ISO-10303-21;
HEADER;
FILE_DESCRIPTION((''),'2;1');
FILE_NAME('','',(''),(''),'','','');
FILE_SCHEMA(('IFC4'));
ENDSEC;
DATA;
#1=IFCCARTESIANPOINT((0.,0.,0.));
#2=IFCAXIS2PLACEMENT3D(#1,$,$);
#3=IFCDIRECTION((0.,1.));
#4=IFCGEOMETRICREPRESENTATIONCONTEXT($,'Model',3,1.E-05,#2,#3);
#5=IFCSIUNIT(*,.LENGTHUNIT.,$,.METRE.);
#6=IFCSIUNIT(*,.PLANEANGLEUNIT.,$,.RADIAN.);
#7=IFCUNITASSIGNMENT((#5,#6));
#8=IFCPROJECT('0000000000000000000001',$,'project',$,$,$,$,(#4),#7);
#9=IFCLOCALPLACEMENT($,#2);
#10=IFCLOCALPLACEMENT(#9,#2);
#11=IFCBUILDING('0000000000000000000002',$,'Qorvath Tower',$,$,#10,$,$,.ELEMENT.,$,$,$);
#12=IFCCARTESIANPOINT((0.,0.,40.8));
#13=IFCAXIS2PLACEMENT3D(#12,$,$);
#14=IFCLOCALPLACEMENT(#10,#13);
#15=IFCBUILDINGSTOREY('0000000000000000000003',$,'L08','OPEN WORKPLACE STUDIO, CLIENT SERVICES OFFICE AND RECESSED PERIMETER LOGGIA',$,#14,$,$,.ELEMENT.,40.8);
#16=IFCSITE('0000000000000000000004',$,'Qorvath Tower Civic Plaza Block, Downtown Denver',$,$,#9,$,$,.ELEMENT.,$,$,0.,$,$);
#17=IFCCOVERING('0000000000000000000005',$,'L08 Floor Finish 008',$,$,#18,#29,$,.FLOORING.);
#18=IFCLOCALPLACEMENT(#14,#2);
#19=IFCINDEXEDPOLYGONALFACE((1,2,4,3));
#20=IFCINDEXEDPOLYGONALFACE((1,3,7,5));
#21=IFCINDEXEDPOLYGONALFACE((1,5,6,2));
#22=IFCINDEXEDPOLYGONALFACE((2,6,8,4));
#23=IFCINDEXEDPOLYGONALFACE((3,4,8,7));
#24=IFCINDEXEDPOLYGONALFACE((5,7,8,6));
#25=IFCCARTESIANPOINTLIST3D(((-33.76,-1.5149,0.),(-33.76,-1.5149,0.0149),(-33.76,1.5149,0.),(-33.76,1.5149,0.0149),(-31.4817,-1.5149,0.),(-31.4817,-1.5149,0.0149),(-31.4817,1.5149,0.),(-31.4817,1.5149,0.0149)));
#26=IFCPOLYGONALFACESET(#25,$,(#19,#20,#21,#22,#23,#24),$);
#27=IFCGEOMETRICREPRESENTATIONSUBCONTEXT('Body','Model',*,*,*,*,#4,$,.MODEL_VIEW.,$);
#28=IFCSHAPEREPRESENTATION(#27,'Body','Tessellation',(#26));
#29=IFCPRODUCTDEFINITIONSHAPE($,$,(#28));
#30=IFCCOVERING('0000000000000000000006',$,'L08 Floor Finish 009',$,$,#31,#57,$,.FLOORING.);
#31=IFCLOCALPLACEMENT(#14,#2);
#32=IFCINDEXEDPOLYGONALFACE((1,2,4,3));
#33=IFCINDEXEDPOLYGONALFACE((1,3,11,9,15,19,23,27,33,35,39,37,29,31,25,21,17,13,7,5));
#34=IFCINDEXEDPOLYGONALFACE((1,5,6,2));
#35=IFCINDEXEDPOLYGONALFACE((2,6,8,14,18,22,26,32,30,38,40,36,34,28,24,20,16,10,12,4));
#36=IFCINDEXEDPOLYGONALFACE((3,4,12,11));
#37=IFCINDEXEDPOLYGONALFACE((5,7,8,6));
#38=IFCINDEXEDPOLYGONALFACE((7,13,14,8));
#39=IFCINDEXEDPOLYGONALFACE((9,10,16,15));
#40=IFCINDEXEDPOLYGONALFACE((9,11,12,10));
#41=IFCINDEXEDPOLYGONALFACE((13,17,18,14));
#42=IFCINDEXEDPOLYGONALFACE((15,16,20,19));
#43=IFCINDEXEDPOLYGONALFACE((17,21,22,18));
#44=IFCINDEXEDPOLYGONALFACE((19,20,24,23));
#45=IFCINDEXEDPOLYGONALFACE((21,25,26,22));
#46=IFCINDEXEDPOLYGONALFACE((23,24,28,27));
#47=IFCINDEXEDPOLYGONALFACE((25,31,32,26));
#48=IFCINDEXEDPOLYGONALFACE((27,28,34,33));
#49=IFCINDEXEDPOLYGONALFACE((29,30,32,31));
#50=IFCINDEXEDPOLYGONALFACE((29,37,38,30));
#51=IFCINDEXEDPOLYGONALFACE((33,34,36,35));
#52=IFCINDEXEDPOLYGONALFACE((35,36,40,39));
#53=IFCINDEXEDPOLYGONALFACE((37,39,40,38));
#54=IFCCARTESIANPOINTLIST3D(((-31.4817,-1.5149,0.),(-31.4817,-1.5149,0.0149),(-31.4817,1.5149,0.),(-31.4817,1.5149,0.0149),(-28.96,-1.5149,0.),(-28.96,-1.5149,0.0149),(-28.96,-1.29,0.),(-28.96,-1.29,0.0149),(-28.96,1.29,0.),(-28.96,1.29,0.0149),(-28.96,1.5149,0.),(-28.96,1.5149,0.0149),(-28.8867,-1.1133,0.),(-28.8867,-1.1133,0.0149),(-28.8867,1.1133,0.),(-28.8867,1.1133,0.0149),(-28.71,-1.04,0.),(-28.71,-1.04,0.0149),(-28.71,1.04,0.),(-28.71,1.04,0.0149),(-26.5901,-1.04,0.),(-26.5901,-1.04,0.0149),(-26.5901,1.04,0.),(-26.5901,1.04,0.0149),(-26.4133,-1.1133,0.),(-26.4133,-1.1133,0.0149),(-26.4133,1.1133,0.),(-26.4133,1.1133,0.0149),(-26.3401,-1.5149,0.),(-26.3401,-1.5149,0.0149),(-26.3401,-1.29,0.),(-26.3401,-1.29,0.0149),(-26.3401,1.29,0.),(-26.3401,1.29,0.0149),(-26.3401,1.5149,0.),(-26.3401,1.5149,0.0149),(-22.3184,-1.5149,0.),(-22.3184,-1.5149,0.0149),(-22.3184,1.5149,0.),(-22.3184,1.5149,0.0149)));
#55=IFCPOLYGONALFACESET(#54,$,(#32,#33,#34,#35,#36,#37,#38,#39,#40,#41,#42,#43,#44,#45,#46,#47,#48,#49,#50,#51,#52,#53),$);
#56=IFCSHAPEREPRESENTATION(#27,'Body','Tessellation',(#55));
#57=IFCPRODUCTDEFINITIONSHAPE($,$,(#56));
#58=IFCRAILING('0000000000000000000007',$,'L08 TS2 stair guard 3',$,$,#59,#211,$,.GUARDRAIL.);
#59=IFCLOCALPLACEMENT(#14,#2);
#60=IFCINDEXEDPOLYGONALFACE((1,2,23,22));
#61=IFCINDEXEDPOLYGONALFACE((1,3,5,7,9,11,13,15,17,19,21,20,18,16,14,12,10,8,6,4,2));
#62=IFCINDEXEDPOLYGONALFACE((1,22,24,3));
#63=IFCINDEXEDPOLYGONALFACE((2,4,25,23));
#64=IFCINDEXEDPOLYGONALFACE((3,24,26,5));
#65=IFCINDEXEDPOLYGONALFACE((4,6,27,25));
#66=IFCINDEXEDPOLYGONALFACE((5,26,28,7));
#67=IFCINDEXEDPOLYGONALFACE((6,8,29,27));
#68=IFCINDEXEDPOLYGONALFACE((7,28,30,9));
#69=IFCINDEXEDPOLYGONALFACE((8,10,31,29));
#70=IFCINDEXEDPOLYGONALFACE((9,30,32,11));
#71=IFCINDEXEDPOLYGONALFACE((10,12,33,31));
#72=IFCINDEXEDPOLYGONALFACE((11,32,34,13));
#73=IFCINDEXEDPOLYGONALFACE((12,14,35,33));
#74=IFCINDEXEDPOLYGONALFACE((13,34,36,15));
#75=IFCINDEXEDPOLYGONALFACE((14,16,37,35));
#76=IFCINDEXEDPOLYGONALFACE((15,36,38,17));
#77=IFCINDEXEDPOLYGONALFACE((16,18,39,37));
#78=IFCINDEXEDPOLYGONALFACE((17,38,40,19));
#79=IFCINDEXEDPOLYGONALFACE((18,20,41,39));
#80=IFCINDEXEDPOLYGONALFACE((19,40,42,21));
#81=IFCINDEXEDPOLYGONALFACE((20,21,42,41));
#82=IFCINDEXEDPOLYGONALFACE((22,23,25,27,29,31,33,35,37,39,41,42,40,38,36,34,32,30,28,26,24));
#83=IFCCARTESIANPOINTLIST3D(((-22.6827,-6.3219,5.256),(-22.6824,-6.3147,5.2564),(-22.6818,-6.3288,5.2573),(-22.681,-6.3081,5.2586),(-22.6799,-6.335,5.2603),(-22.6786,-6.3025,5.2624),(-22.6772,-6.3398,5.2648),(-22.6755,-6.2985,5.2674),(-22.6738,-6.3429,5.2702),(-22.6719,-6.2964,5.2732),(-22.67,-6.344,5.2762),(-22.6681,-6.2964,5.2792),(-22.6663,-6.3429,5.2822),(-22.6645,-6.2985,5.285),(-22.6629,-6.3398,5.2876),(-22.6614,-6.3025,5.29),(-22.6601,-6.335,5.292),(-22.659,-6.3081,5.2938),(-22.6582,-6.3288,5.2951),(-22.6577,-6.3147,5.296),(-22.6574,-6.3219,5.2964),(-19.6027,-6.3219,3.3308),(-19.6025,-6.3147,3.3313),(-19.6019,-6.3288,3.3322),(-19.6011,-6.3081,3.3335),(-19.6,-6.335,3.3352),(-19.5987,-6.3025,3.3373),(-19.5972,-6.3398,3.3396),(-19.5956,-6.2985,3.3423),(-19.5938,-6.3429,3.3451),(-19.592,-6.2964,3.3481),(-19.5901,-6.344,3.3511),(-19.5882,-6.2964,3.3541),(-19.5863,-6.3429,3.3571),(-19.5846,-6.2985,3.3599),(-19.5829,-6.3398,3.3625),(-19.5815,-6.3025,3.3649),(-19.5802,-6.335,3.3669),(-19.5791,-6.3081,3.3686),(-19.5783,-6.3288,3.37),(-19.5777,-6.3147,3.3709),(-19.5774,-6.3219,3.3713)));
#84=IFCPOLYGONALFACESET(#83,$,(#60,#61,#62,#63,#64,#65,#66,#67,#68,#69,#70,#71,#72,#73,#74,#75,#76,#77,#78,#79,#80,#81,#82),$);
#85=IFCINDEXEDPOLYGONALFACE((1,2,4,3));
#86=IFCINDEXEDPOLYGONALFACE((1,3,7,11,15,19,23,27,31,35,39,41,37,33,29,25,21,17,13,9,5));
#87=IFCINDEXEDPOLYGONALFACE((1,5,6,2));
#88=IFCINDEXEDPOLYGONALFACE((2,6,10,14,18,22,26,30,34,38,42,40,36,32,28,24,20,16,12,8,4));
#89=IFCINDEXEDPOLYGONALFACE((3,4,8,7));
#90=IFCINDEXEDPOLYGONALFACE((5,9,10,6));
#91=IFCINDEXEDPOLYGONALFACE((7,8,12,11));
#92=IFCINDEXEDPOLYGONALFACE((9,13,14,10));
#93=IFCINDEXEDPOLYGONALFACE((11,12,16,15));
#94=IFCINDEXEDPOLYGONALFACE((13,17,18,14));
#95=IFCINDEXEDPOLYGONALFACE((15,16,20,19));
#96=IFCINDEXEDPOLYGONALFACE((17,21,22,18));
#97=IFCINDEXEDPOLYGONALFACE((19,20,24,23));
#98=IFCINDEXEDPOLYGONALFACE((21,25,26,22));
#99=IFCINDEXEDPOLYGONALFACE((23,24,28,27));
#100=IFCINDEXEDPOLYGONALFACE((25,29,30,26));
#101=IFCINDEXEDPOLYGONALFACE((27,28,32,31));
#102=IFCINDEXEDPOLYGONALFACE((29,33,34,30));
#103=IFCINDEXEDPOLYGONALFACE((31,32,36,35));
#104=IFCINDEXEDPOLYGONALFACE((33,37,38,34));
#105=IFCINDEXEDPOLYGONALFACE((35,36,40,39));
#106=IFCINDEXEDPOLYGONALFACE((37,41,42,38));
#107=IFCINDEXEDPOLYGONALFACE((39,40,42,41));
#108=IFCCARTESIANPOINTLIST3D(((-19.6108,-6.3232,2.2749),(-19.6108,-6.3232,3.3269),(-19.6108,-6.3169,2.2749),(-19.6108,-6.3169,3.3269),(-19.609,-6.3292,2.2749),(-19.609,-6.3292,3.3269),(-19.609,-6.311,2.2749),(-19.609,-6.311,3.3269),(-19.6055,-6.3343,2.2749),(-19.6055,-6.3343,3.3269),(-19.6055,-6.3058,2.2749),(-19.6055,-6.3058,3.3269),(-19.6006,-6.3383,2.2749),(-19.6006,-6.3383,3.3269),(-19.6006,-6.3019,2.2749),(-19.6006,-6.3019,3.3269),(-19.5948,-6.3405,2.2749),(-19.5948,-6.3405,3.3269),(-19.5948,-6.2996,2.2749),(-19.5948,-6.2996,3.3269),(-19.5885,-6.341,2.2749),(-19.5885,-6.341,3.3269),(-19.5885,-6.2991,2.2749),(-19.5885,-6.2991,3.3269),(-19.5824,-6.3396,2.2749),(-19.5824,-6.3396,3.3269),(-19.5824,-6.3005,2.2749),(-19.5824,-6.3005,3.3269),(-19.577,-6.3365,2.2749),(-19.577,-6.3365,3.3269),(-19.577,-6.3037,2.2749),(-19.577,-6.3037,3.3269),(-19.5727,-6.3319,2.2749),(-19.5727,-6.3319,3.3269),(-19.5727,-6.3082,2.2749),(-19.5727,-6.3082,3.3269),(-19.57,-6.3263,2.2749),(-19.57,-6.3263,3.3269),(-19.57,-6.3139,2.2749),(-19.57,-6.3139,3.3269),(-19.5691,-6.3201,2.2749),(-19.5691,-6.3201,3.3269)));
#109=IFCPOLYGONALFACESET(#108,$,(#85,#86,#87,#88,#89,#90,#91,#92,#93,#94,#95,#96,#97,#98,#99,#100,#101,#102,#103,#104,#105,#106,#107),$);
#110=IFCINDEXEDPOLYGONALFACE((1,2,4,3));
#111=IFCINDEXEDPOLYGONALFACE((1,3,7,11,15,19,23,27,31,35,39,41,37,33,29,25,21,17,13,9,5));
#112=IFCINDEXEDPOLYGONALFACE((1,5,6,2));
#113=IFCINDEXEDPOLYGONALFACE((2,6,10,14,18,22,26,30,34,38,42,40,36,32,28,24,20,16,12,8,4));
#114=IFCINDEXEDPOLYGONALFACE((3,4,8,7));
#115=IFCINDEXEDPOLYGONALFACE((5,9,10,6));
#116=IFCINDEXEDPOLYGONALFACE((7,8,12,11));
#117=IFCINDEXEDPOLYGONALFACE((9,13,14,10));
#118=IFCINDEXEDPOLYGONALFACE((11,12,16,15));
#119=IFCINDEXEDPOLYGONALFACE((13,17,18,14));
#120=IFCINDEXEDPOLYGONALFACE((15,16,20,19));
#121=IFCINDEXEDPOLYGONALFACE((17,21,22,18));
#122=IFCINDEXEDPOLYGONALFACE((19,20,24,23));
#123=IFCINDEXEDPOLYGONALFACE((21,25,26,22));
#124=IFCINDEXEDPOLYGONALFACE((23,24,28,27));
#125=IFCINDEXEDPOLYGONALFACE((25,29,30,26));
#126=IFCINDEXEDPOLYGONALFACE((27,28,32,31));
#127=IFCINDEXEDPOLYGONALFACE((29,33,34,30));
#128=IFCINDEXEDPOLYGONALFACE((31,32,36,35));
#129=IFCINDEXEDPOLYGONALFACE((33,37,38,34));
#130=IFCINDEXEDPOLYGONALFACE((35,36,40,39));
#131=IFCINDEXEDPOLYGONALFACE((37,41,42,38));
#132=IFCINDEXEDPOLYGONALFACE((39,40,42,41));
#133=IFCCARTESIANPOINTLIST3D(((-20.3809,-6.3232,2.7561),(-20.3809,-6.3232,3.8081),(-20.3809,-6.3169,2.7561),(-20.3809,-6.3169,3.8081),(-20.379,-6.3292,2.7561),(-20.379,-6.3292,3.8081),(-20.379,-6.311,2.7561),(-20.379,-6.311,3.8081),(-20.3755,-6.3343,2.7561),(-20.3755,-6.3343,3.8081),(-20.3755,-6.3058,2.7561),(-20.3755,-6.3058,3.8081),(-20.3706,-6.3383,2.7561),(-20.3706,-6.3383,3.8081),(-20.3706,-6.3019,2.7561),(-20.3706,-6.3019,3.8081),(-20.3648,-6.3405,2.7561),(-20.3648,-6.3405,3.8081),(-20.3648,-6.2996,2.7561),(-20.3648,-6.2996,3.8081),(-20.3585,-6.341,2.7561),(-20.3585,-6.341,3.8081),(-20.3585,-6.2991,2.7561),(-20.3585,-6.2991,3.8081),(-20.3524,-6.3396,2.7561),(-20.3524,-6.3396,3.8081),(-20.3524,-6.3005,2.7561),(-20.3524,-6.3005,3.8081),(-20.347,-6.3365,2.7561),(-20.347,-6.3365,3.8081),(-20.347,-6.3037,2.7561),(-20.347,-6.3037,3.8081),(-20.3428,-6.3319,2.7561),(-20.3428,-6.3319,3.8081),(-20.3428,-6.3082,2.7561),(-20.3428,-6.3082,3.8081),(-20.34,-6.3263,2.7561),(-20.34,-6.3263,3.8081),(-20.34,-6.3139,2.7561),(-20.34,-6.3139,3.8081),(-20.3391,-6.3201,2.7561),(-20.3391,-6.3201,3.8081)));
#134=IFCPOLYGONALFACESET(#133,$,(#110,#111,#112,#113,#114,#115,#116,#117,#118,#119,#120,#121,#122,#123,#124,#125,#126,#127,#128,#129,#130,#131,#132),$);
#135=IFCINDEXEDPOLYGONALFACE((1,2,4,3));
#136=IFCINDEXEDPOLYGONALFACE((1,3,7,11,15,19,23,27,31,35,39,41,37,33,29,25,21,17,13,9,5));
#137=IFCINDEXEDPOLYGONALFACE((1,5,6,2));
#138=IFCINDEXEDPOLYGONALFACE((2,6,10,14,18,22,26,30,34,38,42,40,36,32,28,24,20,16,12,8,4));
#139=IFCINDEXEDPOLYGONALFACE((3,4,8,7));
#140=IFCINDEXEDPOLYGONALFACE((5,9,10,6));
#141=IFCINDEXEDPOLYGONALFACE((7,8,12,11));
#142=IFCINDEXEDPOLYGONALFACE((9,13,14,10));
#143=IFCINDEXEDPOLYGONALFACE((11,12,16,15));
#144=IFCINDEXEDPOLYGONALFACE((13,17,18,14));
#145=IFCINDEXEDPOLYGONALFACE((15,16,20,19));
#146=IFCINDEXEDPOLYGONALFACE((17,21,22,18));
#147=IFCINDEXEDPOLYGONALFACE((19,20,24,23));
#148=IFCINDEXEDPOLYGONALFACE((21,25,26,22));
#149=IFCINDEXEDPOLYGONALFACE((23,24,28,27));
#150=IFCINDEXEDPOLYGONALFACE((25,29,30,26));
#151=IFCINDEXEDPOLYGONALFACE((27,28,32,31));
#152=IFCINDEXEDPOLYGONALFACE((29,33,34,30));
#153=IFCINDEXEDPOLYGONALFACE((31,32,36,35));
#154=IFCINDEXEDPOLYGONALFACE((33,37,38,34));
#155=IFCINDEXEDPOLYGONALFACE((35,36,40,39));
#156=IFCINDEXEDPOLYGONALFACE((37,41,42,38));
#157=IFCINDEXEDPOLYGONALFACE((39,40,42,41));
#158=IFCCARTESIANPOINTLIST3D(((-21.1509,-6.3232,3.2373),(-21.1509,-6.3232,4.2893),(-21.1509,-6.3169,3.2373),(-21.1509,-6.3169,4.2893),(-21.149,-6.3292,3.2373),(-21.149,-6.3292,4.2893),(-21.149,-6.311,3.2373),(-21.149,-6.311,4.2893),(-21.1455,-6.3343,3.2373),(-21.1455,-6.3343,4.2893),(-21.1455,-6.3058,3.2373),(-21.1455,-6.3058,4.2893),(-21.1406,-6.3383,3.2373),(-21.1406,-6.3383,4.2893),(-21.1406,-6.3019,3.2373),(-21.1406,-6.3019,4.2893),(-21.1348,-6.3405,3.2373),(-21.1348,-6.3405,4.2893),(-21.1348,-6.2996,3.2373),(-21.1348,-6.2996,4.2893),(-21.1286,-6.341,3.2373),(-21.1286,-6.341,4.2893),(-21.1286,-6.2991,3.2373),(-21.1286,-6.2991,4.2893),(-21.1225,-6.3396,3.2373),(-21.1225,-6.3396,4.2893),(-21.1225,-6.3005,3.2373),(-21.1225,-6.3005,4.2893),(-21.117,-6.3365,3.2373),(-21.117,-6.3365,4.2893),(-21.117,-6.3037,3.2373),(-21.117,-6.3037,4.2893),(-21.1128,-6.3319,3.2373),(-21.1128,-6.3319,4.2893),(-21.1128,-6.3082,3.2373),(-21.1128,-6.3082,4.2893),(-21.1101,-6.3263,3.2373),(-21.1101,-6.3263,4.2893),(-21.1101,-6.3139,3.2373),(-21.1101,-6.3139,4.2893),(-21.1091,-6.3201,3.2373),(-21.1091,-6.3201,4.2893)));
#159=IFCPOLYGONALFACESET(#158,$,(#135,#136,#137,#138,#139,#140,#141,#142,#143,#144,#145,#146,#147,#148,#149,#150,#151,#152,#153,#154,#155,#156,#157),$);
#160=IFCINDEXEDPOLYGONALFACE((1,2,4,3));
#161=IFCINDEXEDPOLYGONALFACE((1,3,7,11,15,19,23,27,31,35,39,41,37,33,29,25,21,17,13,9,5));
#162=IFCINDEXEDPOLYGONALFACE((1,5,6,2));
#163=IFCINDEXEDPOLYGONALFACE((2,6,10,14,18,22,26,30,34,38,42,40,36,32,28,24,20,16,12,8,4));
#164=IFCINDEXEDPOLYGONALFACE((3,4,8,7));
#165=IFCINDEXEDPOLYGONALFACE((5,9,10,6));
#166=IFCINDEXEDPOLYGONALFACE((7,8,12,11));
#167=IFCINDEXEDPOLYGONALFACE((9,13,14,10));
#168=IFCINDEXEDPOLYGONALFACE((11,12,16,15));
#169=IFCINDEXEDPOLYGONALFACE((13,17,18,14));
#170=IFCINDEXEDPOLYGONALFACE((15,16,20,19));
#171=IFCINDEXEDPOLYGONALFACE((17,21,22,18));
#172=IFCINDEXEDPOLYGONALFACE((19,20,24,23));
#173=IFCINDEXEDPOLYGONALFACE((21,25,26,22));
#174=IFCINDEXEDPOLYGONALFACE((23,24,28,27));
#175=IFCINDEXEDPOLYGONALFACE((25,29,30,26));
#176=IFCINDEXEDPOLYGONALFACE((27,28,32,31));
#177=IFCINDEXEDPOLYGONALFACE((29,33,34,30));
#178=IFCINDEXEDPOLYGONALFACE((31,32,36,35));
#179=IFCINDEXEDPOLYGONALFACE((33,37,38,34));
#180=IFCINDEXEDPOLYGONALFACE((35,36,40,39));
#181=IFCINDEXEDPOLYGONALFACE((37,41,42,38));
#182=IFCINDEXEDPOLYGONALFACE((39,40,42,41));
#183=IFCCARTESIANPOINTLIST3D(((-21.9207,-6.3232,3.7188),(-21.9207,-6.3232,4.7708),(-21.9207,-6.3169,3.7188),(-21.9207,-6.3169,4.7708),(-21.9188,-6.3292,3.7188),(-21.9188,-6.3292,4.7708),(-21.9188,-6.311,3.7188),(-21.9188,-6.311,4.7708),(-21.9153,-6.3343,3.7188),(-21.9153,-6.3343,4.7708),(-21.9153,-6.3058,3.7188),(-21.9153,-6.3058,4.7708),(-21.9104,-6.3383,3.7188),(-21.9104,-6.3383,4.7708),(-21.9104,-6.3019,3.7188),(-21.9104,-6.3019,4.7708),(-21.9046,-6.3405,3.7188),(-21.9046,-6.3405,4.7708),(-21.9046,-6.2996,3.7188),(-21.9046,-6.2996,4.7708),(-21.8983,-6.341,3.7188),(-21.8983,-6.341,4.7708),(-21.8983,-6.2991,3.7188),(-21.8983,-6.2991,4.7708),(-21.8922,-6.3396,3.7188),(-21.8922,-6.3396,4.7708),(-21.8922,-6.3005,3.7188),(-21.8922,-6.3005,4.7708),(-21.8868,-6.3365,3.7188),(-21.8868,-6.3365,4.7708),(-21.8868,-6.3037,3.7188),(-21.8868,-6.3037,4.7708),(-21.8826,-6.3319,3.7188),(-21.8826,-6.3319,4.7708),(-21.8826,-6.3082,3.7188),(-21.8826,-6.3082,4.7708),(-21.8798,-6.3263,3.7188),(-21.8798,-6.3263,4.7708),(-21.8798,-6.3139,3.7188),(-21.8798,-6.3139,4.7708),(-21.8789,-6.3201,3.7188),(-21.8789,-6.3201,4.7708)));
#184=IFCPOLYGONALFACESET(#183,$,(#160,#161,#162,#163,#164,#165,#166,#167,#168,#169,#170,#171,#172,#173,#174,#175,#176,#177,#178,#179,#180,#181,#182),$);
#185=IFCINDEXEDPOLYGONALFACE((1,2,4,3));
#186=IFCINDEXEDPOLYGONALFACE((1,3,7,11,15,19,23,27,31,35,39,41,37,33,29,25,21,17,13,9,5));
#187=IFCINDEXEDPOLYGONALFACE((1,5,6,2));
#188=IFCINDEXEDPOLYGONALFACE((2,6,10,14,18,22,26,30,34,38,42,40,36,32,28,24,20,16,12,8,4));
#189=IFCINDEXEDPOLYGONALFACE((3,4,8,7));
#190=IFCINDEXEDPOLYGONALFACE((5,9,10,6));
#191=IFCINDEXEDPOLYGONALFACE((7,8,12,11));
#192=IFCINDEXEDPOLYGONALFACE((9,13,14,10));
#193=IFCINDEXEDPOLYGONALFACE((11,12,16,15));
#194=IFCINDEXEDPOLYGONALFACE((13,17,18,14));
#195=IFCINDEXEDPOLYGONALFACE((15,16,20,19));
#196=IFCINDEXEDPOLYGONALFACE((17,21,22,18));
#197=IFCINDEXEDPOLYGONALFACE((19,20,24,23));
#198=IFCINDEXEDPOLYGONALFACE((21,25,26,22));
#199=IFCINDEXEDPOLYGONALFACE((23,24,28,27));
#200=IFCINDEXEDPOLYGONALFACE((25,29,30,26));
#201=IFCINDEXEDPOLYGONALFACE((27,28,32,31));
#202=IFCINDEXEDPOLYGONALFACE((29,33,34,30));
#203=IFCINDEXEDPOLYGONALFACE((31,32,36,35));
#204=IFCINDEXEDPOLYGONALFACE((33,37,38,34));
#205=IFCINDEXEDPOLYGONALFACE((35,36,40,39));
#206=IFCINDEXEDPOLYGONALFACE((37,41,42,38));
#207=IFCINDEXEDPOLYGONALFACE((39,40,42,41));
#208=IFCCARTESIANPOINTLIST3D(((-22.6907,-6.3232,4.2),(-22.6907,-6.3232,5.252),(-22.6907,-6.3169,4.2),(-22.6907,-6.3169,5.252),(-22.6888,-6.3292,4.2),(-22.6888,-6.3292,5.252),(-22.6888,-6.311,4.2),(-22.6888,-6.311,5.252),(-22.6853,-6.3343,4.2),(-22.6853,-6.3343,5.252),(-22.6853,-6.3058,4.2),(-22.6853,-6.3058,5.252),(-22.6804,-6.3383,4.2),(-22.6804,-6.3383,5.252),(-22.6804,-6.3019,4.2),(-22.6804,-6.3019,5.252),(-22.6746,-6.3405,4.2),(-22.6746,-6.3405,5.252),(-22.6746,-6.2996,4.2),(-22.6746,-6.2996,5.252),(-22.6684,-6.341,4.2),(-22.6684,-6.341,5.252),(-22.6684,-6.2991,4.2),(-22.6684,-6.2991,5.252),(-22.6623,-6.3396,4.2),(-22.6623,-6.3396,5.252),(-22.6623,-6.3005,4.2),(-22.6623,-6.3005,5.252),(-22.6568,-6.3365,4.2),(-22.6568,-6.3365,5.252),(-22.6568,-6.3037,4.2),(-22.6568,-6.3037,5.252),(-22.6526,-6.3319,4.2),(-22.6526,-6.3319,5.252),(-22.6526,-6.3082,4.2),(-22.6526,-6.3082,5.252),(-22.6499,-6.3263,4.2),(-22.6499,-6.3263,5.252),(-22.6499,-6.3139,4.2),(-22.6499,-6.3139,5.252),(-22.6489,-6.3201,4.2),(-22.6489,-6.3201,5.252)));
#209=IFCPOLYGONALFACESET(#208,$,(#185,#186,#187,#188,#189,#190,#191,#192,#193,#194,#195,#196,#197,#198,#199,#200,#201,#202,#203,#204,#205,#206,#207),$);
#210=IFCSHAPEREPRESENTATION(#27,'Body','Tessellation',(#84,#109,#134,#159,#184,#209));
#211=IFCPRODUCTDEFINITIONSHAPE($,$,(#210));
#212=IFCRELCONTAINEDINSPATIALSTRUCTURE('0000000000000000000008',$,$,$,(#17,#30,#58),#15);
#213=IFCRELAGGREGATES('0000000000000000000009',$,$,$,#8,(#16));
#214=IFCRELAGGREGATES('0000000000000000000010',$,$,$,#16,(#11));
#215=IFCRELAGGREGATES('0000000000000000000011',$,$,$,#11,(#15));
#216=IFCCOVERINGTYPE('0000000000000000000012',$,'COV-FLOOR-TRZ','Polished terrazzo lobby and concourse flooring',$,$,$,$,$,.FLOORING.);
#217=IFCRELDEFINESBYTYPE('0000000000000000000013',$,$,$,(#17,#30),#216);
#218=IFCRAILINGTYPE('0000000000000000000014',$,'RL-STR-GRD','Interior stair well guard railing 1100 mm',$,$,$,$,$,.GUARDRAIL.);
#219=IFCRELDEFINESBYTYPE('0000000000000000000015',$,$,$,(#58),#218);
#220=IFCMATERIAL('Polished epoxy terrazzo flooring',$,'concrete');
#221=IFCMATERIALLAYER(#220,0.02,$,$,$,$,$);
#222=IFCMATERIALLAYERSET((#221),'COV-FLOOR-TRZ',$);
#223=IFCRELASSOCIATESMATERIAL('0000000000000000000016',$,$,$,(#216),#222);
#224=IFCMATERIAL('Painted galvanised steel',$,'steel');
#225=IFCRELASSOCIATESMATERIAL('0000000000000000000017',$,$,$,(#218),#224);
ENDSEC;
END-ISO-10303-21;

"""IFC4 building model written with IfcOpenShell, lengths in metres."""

from ifc_helpers import new_model, si_unit, direction, frame, origin, origin_2d, place, context, subcontext, project, spatial, polyline, circle, outline, extrude, material, layer, layer_set, type_object, element, save


model = new_model("IFC4")

# Units and contexts
model_context = context("Model", 3, precision=1e-05, world=origin(), true_north=direction((0.0, 1.0)))
body_context = subcontext(model_context, "Body", "Model", "MODEL_VIEW")
ifc_project = project(units=[si_unit("LENGTHUNIT", "METRE"), si_unit("PLANEANGLEUNIT", "RADIAN")], contexts=[model_context])

# Site, building, storey
site_placement = place(None, origin())
site = spatial("IfcSite", under=ifc_project, at=site_placement, Name="Qorvath Tower Civic Plaza Block, Downtown Denver", CompositionType="ELEMENT", RefElevation=0.0)
building_placement = place(site_placement, origin())
building = spatial("IfcBuilding", under=site, at=building_placement, Name="Qorvath Tower", CompositionType="ELEMENT")
storey_placement = place(building_placement, frame((0.0, 0.0, 40.8)))
storey = spatial("IfcBuildingStorey", under=building, at=storey_placement, Name="L08", Description="OPEN WORKPLACE STUDIO, CLIENT SERVICES OFFICE AND RECESSED PERIMETER LOGGIA", CompositionType="ELEMENT", Elevation=40.8)

# Coverings
ifc_material_1 = material(Name="Polished epoxy terrazzo flooring", Category="concrete")
ifc_layer_1 = layer(ifc_material_1, 0.02)
ifc_layer_set_1 = layer_set([ifc_layer_1], Name="COV-FLOOR-TRZ")
covering_type_1 = type_object("IfcCoveringType", Name="COV-FLOOR-TRZ", Description="Polished terrazzo lobby and concourse flooring", PredefinedType="FLOORING", material=ifc_layer_set_1)
covering_1_placement = place(storey_placement, origin())
element("IfcCovering", 1, at=covering_1_placement, inside=storey, type_object=covering_type_1, Name="L08 Floor Finish 008", PredefinedType="FLOORING", context=body_context, shape_type="SweptSolid", body=[
    extrude(outline(polyline([(-31.4817, -1.5149), (-31.4817, 1.5149), (-33.76, 1.5149), (-33.76, -1.5149), (-31.4817, -1.5149)])), origin(), (0.0, 0.0, 1.0), 0.0149),
])
covering_2_placement = place(storey_placement, origin())
element("IfcCovering", 2, at=covering_2_placement, inside=storey, type_object=covering_type_1, Name="L08 Floor Finish 009", PredefinedType="FLOORING", context=body_context, shape_type="SweptSolid", body=[
    extrude(outline(polyline([(-22.3184, -1.5149), (-22.3184, 1.5149), (-26.3401, 1.5149), (-26.3401, 1.29), (-26.4133, 1.1133), (-26.5901, 1.04), (-28.71, 1.04), (-28.8867, 1.1133), (-28.96, 1.29), (-28.96, 1.5149), (-31.4817, 1.5149), (-31.4817, -1.5149), (-28.96, -1.5149), (-28.96, -1.29), (-28.8867, -1.1133), (-28.71, -1.04), (-26.5901, -1.04), (-26.4133, -1.1133), (-26.3401, -1.29), (-26.3401, -1.5149), (-22.3184, -1.5149)])), origin(), (0.0, 0.0, 1.0), 0.0149),
])

# Railing
ifc_material_2 = material(Name="Painted galvanised steel", Category="steel")
railing_type_1 = type_object("IfcRailingType", Name="RL-STR-GRD", Description="Interior stair well guard railing 1100 mm", PredefinedType="GUARDRAIL", material=ifc_material_2)
railing_1_placement = place(storey_placement, frame((-19.5901, -6.3201, 2.2749)))
element("IfcRailing", 3, at=railing_1_placement, inside=storey, type_object=railing_type_1, Name="L08 TS2 stair guard 3", PredefinedType="GUARDRAIL", context=body_context, shape_type="SweptSolid", body=[
    extrude(circle(Radius=0.0239, at=origin_2d()), frame((0.0, 0.0, 1.0762), z_axis=(-0.847979, 0.0, 0.530029), x_axis=(0.0, -1.0, 0.0)), (0.0, 0.0, 1.0), 3.6321),
    extrude(circle(Radius=0.021, at=origin_2d()), origin(), (0.0, 0.0, 1.0), 1.052),
    extrude(circle(Radius=0.021, at=origin_2d()), frame((-0.77, 0.0, 0.4812)), (0.0, 0.0, 1.0), 1.052),
    extrude(circle(Radius=0.021, at=origin_2d()), frame((-1.54, 0.0, 0.9624)), (0.0, 0.0, 1.0), 1.052),
    extrude(circle(Radius=0.021, at=origin_2d()), frame((-2.3098, 0.0, 1.4438)), (0.0, 0.0, 1.0), 1.052),
    extrude(circle(Radius=0.021, at=origin_2d()), frame((-3.0798, 0.0, 1.925)), (0.0, 0.0, 1.0), 1.052),
])

save(model, "model.ifc")
